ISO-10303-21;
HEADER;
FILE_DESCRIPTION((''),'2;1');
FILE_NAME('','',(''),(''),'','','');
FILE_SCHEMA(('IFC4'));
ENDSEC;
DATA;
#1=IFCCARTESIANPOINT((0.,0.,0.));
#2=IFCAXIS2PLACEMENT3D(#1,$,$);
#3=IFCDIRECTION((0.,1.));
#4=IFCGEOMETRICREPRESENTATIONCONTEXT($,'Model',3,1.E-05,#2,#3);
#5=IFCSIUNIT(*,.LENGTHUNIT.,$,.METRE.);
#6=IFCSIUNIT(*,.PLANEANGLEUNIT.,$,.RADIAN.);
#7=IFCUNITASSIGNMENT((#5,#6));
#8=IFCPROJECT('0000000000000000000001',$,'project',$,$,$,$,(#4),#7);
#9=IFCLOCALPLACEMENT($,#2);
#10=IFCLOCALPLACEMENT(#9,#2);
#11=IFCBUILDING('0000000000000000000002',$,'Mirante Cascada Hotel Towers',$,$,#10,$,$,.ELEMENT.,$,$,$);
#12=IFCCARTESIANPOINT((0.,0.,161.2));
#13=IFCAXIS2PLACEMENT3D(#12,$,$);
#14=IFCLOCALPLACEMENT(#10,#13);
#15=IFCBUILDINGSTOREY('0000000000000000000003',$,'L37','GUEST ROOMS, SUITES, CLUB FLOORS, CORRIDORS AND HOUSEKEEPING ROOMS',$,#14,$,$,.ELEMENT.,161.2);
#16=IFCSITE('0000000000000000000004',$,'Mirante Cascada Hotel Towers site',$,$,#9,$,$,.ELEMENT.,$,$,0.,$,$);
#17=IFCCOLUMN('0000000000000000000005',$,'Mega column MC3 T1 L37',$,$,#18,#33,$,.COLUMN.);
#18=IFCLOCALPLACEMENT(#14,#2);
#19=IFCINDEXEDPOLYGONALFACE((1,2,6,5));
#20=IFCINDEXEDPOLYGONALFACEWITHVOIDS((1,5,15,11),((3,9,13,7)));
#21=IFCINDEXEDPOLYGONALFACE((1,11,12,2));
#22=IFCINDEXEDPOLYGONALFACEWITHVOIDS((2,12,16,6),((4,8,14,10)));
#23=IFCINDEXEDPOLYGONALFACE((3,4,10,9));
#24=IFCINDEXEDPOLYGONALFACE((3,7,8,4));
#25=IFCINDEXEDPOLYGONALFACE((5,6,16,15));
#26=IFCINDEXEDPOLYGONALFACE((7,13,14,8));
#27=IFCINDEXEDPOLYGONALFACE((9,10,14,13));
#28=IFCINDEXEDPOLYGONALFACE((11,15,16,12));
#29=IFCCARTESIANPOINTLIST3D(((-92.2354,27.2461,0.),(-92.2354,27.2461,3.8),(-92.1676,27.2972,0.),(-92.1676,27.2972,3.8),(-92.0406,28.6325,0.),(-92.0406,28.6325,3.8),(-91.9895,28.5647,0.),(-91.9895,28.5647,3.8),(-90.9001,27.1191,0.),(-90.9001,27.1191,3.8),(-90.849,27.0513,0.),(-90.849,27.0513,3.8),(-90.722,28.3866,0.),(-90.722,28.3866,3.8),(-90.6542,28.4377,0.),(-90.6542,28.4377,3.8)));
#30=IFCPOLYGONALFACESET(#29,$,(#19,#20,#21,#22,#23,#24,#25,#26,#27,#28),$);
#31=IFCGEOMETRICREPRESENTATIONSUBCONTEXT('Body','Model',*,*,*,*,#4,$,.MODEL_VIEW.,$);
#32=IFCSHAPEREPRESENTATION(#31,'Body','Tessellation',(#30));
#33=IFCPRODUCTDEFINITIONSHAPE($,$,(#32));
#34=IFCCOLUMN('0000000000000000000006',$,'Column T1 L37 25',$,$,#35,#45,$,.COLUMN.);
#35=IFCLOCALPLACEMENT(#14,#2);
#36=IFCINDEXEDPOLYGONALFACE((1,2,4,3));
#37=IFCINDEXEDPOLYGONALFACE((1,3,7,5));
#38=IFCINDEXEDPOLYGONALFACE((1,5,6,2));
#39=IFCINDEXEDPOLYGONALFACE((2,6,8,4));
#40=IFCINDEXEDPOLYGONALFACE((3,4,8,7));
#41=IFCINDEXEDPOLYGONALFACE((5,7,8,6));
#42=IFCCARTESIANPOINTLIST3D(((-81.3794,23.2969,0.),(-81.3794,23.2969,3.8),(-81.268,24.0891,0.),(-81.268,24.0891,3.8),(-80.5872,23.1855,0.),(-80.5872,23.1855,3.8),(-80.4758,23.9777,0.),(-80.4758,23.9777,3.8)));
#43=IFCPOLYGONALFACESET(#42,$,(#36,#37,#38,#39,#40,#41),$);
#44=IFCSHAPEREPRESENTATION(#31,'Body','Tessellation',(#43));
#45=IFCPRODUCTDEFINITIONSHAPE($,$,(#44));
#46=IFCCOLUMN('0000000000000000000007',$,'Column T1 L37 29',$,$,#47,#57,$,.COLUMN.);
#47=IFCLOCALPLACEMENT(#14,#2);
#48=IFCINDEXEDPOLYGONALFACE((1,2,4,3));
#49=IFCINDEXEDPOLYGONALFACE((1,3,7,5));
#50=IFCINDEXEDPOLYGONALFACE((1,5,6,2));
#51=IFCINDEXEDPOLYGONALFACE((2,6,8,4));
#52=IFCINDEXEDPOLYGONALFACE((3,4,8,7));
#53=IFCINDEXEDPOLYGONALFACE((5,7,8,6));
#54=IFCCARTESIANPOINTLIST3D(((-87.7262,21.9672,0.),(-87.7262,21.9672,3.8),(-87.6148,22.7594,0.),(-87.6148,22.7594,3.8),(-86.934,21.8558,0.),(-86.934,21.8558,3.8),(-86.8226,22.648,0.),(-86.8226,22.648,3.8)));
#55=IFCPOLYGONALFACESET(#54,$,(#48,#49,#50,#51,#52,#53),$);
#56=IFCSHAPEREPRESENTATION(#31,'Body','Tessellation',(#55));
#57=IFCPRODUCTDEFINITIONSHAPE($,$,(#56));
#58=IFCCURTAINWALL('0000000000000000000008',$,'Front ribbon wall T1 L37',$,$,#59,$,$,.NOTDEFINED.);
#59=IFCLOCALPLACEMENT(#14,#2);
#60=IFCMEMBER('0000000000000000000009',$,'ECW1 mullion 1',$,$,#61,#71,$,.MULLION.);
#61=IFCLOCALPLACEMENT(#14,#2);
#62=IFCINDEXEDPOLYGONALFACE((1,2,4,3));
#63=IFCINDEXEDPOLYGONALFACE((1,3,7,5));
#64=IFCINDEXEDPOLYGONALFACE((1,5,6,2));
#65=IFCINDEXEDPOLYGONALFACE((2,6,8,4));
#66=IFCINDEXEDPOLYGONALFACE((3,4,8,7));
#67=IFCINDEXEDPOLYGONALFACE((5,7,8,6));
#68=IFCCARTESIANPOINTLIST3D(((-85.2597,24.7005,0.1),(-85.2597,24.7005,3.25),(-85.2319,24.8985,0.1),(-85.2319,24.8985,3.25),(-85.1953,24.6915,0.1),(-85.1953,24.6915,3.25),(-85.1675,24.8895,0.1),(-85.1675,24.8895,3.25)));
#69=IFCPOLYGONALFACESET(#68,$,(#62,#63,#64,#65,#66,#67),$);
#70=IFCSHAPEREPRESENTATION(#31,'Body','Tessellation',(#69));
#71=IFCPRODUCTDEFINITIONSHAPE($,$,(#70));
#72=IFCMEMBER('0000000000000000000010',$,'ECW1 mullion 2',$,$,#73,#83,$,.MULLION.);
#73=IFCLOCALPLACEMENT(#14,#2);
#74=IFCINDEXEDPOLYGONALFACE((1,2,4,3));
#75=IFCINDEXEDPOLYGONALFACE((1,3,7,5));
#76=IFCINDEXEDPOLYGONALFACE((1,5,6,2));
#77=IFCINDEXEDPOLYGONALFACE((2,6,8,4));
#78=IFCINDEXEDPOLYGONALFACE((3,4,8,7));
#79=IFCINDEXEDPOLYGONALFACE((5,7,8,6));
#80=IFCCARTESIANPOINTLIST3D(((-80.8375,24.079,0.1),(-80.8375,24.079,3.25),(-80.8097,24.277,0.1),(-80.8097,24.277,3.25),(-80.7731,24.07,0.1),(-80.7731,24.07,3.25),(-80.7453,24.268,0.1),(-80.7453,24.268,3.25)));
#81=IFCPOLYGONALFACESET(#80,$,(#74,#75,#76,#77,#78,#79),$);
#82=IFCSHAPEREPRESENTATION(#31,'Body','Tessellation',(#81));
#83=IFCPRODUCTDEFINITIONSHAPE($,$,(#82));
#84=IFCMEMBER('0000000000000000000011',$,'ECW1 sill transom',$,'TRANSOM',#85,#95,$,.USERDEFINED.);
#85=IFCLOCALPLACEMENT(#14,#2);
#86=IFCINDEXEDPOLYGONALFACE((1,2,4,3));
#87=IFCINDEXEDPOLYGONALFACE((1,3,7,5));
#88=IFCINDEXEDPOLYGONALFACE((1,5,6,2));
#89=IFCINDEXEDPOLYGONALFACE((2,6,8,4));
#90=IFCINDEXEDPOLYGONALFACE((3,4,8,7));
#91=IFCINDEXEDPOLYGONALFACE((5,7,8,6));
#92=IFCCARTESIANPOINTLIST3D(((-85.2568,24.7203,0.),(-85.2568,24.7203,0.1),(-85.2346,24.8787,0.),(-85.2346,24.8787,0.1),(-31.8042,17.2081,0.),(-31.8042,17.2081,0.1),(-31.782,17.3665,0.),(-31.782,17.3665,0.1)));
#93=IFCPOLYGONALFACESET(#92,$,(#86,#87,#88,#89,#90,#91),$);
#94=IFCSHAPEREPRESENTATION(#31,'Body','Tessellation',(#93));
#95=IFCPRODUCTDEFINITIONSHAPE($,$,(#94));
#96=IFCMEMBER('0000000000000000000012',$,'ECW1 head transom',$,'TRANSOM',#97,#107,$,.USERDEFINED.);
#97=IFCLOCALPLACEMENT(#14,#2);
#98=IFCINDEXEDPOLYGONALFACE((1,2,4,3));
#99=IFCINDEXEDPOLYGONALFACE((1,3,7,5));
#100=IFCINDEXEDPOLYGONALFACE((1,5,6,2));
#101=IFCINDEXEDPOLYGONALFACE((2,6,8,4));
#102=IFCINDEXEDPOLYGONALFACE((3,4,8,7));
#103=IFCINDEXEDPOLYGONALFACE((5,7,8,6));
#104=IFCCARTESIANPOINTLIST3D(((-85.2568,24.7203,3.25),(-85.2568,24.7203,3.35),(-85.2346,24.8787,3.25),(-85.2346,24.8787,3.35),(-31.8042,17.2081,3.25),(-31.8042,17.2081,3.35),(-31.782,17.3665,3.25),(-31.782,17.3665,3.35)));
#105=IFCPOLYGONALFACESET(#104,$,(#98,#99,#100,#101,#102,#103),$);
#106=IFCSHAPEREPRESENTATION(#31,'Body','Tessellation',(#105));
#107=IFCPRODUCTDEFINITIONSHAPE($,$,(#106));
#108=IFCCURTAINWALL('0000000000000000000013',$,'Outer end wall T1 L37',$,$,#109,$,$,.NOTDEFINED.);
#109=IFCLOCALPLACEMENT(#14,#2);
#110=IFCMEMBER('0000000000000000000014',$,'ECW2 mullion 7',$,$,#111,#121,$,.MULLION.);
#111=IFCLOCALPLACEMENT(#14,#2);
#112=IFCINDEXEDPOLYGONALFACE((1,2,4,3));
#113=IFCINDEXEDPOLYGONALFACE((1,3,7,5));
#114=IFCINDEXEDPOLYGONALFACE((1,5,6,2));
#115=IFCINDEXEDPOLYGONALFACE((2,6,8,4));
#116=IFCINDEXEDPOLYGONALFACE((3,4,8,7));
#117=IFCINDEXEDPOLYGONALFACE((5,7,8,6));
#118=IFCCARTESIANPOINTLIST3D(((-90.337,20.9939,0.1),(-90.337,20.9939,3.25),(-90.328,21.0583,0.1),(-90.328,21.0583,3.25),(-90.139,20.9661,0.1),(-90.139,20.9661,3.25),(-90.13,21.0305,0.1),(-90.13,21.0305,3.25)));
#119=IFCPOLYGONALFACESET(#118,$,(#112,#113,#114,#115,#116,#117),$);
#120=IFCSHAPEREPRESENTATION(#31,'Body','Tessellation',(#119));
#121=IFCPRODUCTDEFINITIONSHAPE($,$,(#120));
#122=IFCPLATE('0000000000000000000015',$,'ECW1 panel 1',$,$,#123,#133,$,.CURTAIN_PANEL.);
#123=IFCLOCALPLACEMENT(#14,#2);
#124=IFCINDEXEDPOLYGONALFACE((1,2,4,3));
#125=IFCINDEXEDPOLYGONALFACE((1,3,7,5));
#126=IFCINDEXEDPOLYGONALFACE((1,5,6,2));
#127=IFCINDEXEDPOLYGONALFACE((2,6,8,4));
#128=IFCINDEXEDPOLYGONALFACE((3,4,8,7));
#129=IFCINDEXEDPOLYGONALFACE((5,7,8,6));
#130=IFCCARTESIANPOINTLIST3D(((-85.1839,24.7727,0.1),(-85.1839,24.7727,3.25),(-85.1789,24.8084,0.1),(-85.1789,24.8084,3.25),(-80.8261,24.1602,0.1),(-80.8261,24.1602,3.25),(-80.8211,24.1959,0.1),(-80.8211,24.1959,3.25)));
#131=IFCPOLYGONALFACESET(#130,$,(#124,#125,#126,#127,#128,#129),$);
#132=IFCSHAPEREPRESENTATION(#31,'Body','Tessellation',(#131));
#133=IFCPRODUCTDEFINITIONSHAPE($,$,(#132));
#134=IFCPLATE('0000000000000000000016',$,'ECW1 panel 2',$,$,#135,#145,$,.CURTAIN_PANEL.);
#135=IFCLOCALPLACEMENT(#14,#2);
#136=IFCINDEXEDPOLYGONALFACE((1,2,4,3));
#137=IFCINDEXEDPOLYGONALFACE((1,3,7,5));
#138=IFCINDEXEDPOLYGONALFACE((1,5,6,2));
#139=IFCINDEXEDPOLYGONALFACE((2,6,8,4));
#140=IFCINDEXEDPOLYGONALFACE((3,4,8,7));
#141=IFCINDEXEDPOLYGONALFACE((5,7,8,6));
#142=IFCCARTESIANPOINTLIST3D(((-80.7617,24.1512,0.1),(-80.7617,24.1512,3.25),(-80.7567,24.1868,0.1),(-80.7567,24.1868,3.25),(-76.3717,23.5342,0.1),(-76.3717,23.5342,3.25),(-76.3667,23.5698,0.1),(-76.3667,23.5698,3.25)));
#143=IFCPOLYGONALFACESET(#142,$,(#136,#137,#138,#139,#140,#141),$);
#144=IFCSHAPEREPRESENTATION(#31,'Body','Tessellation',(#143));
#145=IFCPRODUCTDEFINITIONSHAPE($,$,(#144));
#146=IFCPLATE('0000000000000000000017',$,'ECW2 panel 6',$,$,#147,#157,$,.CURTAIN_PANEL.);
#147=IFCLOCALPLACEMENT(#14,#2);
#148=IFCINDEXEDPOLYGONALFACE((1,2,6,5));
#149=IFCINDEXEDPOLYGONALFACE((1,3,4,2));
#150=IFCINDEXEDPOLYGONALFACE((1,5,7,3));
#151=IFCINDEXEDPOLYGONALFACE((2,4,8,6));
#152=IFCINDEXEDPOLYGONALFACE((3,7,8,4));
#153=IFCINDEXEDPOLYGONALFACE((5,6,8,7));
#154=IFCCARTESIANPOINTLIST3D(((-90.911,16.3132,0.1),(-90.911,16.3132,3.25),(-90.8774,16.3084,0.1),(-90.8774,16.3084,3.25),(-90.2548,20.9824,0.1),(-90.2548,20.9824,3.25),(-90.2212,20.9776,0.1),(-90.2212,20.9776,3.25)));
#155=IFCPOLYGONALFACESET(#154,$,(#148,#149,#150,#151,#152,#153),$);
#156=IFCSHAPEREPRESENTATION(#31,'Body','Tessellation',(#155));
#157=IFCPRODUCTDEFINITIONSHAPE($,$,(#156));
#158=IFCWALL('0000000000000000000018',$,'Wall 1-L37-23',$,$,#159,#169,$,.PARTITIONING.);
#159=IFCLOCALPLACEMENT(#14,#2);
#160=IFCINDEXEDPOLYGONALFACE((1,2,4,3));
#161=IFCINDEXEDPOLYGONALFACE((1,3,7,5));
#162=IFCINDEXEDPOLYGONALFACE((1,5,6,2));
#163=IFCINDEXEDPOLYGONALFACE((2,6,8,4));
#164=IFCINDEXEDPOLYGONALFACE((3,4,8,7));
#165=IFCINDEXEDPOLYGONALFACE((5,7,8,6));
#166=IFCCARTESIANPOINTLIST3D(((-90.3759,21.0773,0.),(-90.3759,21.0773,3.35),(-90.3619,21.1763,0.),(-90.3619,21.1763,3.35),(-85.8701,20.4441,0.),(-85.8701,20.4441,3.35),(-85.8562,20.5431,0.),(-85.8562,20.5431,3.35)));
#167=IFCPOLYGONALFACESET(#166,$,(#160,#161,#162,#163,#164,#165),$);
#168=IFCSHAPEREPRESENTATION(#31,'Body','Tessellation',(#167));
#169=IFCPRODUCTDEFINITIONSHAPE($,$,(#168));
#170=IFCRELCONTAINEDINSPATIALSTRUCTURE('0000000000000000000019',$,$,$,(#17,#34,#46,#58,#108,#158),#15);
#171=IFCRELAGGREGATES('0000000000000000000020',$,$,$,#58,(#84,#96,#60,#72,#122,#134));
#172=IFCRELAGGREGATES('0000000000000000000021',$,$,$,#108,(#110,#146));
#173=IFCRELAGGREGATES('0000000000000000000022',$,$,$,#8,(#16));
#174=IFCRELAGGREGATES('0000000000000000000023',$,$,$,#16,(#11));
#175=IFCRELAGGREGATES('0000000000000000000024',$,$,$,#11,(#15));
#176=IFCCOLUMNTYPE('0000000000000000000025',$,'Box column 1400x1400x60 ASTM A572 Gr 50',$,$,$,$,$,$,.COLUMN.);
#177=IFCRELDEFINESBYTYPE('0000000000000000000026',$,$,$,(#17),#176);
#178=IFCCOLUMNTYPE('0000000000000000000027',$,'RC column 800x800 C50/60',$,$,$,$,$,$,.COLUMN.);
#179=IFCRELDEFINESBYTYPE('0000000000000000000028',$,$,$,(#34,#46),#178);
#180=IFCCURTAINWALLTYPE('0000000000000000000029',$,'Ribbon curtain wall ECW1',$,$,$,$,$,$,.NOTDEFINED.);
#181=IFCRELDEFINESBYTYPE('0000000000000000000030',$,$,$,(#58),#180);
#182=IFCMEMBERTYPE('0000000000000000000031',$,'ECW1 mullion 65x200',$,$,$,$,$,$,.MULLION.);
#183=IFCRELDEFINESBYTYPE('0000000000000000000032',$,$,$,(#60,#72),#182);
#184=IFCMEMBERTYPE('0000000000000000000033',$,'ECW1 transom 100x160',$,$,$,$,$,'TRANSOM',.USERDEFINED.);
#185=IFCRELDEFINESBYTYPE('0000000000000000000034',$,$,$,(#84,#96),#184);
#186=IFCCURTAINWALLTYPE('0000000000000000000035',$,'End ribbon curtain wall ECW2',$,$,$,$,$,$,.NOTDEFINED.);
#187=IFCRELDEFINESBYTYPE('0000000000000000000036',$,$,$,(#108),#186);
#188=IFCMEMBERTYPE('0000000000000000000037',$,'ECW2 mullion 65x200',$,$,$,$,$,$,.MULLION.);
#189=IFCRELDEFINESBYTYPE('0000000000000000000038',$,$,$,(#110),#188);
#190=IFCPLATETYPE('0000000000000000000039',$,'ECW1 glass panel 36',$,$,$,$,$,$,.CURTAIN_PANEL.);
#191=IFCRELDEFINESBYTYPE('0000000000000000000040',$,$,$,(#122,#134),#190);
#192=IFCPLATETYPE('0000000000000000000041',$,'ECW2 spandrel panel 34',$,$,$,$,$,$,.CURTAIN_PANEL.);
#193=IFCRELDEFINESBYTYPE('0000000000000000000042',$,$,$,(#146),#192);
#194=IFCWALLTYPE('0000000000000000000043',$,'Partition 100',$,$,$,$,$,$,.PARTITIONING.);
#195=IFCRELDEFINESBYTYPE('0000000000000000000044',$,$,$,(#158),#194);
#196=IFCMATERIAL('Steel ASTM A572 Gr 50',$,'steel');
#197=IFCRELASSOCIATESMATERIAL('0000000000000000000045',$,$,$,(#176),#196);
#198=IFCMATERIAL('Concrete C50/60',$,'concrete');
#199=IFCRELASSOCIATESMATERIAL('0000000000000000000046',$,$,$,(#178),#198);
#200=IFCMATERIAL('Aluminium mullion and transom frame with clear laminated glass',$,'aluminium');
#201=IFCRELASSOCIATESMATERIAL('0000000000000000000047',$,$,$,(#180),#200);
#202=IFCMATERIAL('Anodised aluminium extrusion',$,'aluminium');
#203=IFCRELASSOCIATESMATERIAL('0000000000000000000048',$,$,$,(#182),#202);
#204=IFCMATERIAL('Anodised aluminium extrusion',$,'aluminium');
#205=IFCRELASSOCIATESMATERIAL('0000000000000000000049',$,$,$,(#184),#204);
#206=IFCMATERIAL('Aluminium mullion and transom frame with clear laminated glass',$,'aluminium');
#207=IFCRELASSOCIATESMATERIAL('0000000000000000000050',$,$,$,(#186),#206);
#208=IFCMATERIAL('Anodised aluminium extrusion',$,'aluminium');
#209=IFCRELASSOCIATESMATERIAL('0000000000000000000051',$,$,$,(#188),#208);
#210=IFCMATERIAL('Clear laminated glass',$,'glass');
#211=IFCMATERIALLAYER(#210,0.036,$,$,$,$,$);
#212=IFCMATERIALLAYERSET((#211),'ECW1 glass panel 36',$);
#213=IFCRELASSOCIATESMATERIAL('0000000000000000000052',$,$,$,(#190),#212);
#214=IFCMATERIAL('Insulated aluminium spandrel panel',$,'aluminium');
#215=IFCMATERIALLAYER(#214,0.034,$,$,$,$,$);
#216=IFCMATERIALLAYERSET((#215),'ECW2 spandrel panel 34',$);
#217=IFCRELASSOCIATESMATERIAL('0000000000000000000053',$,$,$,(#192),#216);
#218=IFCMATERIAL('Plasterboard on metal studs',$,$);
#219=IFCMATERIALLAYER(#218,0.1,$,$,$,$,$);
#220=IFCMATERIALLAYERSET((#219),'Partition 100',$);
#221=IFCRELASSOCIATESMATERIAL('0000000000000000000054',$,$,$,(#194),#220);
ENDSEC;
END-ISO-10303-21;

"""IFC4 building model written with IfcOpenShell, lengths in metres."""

from ifc_helpers import new_model, si_unit, direction, frame, frame_2d, origin, origin_2d, place, context, subcontext, project, spatial, rectangle, hollow_rectangle, extrude, material, layer, layer_set, material_profile, profile_set, type_object, element, aggregate, save


model = new_model("IFC4")

# Units and contexts
model_context = context("Model", 3, precision=1e-05, world=origin(), true_north=direction((0.0, 1.0)))
body_context = subcontext(model_context, "Body", "Model", "MODEL_VIEW")
ifc_project = project(units=[si_unit("LENGTHUNIT", "METRE"), si_unit("PLANEANGLEUNIT", "RADIAN")], contexts=[model_context])

# Site, building, storey
site_placement = place(None, origin())
site = spatial("IfcSite", under=ifc_project, at=site_placement, Name="Mirante Cascada Hotel Towers site", CompositionType="ELEMENT", RefElevation=0.0)
building_placement = place(site_placement, origin())
building = spatial("IfcBuilding", under=site, at=building_placement, Name="Mirante Cascada Hotel Towers", CompositionType="ELEMENT")
storey_placement = place(building_placement, frame((0.0, 0.0, 161.2)))
storey = spatial("IfcBuildingStorey", under=building, at=storey_placement, Name="L37", Description="GUEST ROOMS, SUITES, CLUB FLOORS, CORRIDORS AND HOUSEKEEPING ROOMS", CompositionType="ELEMENT", Elevation=161.2)

# Columns
ifc_material_1 = material(Name="Steel ASTM A572 Gr 50", Category="steel")
ifc_material_profile_1 = material_profile(ifc_material_1, hollow_rectangle(XDim=1.4, YDim=1.4, WallThickness=0.06, at=origin_2d()), Name="Box column 1400x1400x60 ASTM A572 Gr 50")
ifc_profile_set_1 = profile_set([ifc_material_profile_1], Name="Steel ASTM A572 Gr 50")
column_type_1 = type_object("IfcColumnType", Name="Box column 1400x1400x60 ASTM A572 Gr 50", PredefinedType="COLUMN", material=ifc_profile_set_1)
column_placement = place(storey_placement, frame((-91.4448, 27.8419, 0.0), z_axis=(0.0, 0.0, 1.0), x_axis=(-0.990268, 0.139173, 0.0)))
element("IfcColumn", 1, at=column_placement, inside=storey, type_object=column_type_1, Name="Mega column MC3 T1 L37", PredefinedType="COLUMN", context=body_context, shape_type="SweptSolid", body=[
    extrude(hollow_rectangle(XDim=1.4, YDim=1.4, WallThickness=0.06, at=origin_2d()), origin(), (0.0, 0.0, 1.0), 3.8),
])
ifc_material_2 = material(Name="Concrete C50/60", Category="concrete")
ifc_material_profile_2 = material_profile(ifc_material_2, rectangle(XDim=0.8, YDim=0.8, at=origin_2d()), Name="RC column 800x800 C50/60")
ifc_profile_set_2 = profile_set([ifc_material_profile_2], Name="Concrete C50/60")
column_type_2 = type_object("IfcColumnType", Name="RC column 800x800 C50/60", PredefinedType="COLUMN", material=ifc_profile_set_2)
for number, where, z_axis, x_axis, name in (
    (2, (-80.9276, 23.6373, 0.0), (0.0, 0.0, 1.0), (-0.990268, 0.139173, 0.0), "Column T1 L37 25"),
    (3, (-87.2744, 22.3076, 0.0), (0.0, 0.0, 1.0), (-0.990268, 0.139173, 0.0), "Column T1 L37 29"),
):
    element("IfcColumn", number, at=place(storey_placement, frame(where, z_axis=z_axis, x_axis=x_axis)), inside=storey, type_object=column_type_2, Name=name, PredefinedType="COLUMN", context=body_context, shape_type="SweptSolid", body=[
        extrude(rectangle(XDim=0.8, YDim=0.8, at=origin_2d()), origin(), (0.0, 0.0, 1.0), 3.8),
    ])

# Curtain wall, members
ifc_material_3 = material(Name="Aluminium mullion and transom frame with clear laminated glass", Category="aluminium")
curtain_wall_type_1 = type_object("IfcCurtainWallType", Name="Ribbon curtain wall ECW1", PredefinedType="NOTDEFINED", material=ifc_material_3)
curtain_wall_1_placement = place(storey_placement, origin())
curtain_wall_1 = element("IfcCurtainWall", 4, at=curtain_wall_1_placement, inside=storey, type_object=curtain_wall_type_1, Name="Front ribbon wall T1 L37", PredefinedType="NOTDEFINED")
ifc_material_4 = material(Name="Anodised aluminium extrusion", Category="aluminium")
ifc_material_profile_3 = material_profile(ifc_material_4, rectangle(XDim=0.2, YDim=0.065, at=origin_2d()), Name="ECW1 MULLION 65x200")
ifc_profile_set_3 = profile_set([ifc_material_profile_3], Name="Anodised aluminium extrusion")
member_type_1 = type_object("IfcMemberType", Name="ECW1 mullion 65x200", PredefinedType="MULLION", material=ifc_profile_set_3)
member_1_placement = place(storey_placement, frame((-85.2136, 24.795, 0.1), z_axis=(0.0, 0.0, 1.0), x_axis=(0.139173, 0.990268, 0.0)))
member_1 = element("IfcMember", 5, at=member_1_placement, type_object=member_type_1, Name="ECW1 mullion 1", PredefinedType="MULLION", context=body_context, shape_type="SweptSolid", body=[
    extrude(rectangle(XDim=0.2, YDim=0.065, at=origin_2d()), origin(), (0.0, 0.0, 1.0), 3.15),
])
member_2_placement = place(storey_placement, frame((-80.7914, 24.1735, 0.1), z_axis=(0.0, 0.0, 1.0), x_axis=(0.139173, 0.990268, 0.0)))
member_2 = element("IfcMember", 6, at=member_2_placement, type_object=member_type_1, Name="ECW1 mullion 2", PredefinedType="MULLION", context=body_context, shape_type="SweptSolid", body=[
    extrude(rectangle(XDim=0.2, YDim=0.065, at=origin_2d()), origin(), (0.0, 0.0, 1.0), 3.15),
])
ifc_material_5 = material(Name="Anodised aluminium extrusion", Category="aluminium")
ifc_material_profile_4 = material_profile(ifc_material_5, rectangle(XDim=0.16, YDim=0.1, at=origin_2d()), Name="ECW1 TRANSOM 100x160")
ifc_profile_set_4 = profile_set([ifc_material_profile_4], Name="Anodised aluminium extrusion")
member_type_2 = type_object("IfcMemberType", Name="ECW1 transom 100x160", ElementType="TRANSOM", PredefinedType="USERDEFINED", material=ifc_profile_set_4)
member_3_placement = place(storey_placement, frame((-85.2457, 24.7995, 0.05), z_axis=(0.990268, -0.139172, 0.0), x_axis=(0.139172, 0.990268, 0.0)))
member_3 = element("IfcMember", 7, at=member_3_placement, type_object=member_type_2, Name="ECW1 sill transom", ObjectType="TRANSOM", PredefinedType="USERDEFINED", context=body_context, shape_type="SweptSolid", body=[
    extrude(rectangle(XDim=0.16, YDim=0.1, at=origin_2d()), origin(), (0.0, 0.0, 1.0), 53.9779),
])
member_4_placement = place(storey_placement, frame((-85.2457, 24.7995, 3.3), z_axis=(0.990268, -0.139172, 0.0), x_axis=(0.139172, 0.990268, 0.0)))
member_4 = element("IfcMember", 8, at=member_4_placement, type_object=member_type_2, Name="ECW1 head transom", ObjectType="TRANSOM", PredefinedType="USERDEFINED", context=body_context, shape_type="SweptSolid", body=[
    extrude(rectangle(XDim=0.16, YDim=0.1, at=origin_2d()), origin(), (0.0, 0.0, 1.0), 53.9779),
])

# Curtain wall, member
ifc_material_6 = material(Name="Aluminium mullion and transom frame with clear laminated glass", Category="aluminium")
curtain_wall_type_2 = type_object("IfcCurtainWallType", Name="End ribbon curtain wall ECW2", PredefinedType="NOTDEFINED", material=ifc_material_6)
curtain_wall_2_placement = place(storey_placement, origin())
curtain_wall_2 = element("IfcCurtainWall", 9, at=curtain_wall_2_placement, inside=storey, type_object=curtain_wall_type_2, Name="Outer end wall T1 L37", PredefinedType="NOTDEFINED")
ifc_material_7 = material(Name="Anodised aluminium extrusion", Category="aluminium")
ifc_material_profile_5 = material_profile(ifc_material_7, rectangle(XDim=0.2, YDim=0.065, at=origin_2d()), Name="ECW2 MULLION 65x200")
ifc_profile_set_5 = profile_set([ifc_material_profile_5], Name="Anodised aluminium extrusion")
member_type_3 = type_object("IfcMemberType", Name="ECW2 mullion 65x200", PredefinedType="MULLION", material=ifc_profile_set_5)
member_5_placement = place(storey_placement, frame((-90.2335, 21.0122, 0.1), z_axis=(0.0, 0.0, 1.0), x_axis=(-0.990268, 0.139173, 0.0)))
member_5 = element("IfcMember", 10, at=member_5_placement, type_object=member_type_3, Name="ECW2 mullion 7", PredefinedType="MULLION", context=body_context, shape_type="SweptSolid", body=[
    extrude(rectangle(XDim=0.2, YDim=0.065, at=origin_2d()), origin(), (0.0, 0.0, 1.0), 3.15),
])

# Plates
ifc_material_8 = material(Name="Clear laminated glass", Category="glass")
ifc_layer_1 = layer(ifc_material_8, 0.036)
ifc_layer_set_1 = layer_set([ifc_layer_1], Name="ECW1 glass panel 36")
plate_type_1 = type_object("IfcPlateType", Name="ECW1 glass panel 36", PredefinedType="CURTAIN_PANEL", material=ifc_layer_set_1)
plate_1_placement = place(storey_placement, frame((-83.0025, 24.4843, 0.1), z_axis=(0.0, 0.0, 1.0), x_axis=(0.990268, -0.139173, 0.0)))
plate_1 = element("IfcPlate", 11, at=plate_1_placement, type_object=plate_type_1, Name="ECW1 panel 1", PredefinedType="CURTAIN_PANEL", context=body_context, shape_type="SweptSolid", body=[
    extrude(rectangle(XDim=4.4007, YDim=0.036, at=origin_2d()), origin(), (0.0, 0.0, 1.0), 3.15),
])
plate_2_placement = place(storey_placement, frame((-78.5642, 23.8605, 0.1), z_axis=(0.0, 0.0, 1.0), x_axis=(0.990268, -0.139173, 0.0)))
plate_2 = element("IfcPlate", 12, at=plate_2_placement, type_object=plate_type_1, Name="ECW1 panel 2", PredefinedType="CURTAIN_PANEL", context=body_context, shape_type="SweptSolid", body=[
    extrude(rectangle(XDim=4.4332, YDim=0.036, at=origin_2d()), origin(), (0.0, 0.0, 1.0), 3.15),
])
aggregate(curtain_wall_1, [member_3, member_4, member_1, member_2, plate_1, plate_2])
ifc_material_9 = material(Name="Insulated aluminium spandrel panel", Category="aluminium")
ifc_layer_2 = layer(ifc_material_9, 0.034)
ifc_layer_set_2 = layer_set([ifc_layer_2], Name="ECW2 spandrel panel 34")
plate_type_2 = type_object("IfcPlateType", Name="ECW2 spandrel panel 34", PredefinedType="CURTAIN_PANEL", material=ifc_layer_set_2)
plate_3_placement = place(storey_placement, frame((-90.5661, 18.6454, 0.1), z_axis=(0.0, 0.0, 1.0), x_axis=(0.139173, 0.990268, 0.0)))
plate_3 = element("IfcPlate", 13, at=plate_3_placement, type_object=plate_type_2, Name="ECW2 panel 6", PredefinedType="CURTAIN_PANEL", context=body_context, shape_type="SweptSolid", body=[
    extrude(rectangle(XDim=4.7151, YDim=0.034, at=origin_2d()), origin(), (0.0, 0.0, 1.0), 3.15),
])
aggregate(curtain_wall_2, [member_5, plate_3])

# Wall
ifc_material_10 = material(Name="Plasterboard on metal studs")
ifc_layer_3 = layer(ifc_material_10, 0.1)
ifc_layer_set_3 = layer_set([ifc_layer_3], Name="Partition 100")
wall_type_1 = type_object("IfcWallType", Name="Partition 100", PredefinedType="PARTITIONING", material=ifc_layer_set_3)
wall_1_placement = place(storey_placement, frame((-90.3689, 21.1268, 0.0), z_axis=(0.0, 0.0, 1.0), x_axis=(0.990269, -0.139166, 0.0)))
element("IfcWall", 14, at=wall_1_placement, inside=storey, type_object=wall_type_1, Name="Wall 1-L37-23", PredefinedType="PARTITIONING", context=body_context, shape_type="SweptSolid", body=[
    extrude(rectangle(XDim=4.55, YDim=0.1, at=frame_2d((2.275, 0.0))), origin(), (0.0, 0.0, 1.0), 3.35),
])

save(model, "model.ifc")
